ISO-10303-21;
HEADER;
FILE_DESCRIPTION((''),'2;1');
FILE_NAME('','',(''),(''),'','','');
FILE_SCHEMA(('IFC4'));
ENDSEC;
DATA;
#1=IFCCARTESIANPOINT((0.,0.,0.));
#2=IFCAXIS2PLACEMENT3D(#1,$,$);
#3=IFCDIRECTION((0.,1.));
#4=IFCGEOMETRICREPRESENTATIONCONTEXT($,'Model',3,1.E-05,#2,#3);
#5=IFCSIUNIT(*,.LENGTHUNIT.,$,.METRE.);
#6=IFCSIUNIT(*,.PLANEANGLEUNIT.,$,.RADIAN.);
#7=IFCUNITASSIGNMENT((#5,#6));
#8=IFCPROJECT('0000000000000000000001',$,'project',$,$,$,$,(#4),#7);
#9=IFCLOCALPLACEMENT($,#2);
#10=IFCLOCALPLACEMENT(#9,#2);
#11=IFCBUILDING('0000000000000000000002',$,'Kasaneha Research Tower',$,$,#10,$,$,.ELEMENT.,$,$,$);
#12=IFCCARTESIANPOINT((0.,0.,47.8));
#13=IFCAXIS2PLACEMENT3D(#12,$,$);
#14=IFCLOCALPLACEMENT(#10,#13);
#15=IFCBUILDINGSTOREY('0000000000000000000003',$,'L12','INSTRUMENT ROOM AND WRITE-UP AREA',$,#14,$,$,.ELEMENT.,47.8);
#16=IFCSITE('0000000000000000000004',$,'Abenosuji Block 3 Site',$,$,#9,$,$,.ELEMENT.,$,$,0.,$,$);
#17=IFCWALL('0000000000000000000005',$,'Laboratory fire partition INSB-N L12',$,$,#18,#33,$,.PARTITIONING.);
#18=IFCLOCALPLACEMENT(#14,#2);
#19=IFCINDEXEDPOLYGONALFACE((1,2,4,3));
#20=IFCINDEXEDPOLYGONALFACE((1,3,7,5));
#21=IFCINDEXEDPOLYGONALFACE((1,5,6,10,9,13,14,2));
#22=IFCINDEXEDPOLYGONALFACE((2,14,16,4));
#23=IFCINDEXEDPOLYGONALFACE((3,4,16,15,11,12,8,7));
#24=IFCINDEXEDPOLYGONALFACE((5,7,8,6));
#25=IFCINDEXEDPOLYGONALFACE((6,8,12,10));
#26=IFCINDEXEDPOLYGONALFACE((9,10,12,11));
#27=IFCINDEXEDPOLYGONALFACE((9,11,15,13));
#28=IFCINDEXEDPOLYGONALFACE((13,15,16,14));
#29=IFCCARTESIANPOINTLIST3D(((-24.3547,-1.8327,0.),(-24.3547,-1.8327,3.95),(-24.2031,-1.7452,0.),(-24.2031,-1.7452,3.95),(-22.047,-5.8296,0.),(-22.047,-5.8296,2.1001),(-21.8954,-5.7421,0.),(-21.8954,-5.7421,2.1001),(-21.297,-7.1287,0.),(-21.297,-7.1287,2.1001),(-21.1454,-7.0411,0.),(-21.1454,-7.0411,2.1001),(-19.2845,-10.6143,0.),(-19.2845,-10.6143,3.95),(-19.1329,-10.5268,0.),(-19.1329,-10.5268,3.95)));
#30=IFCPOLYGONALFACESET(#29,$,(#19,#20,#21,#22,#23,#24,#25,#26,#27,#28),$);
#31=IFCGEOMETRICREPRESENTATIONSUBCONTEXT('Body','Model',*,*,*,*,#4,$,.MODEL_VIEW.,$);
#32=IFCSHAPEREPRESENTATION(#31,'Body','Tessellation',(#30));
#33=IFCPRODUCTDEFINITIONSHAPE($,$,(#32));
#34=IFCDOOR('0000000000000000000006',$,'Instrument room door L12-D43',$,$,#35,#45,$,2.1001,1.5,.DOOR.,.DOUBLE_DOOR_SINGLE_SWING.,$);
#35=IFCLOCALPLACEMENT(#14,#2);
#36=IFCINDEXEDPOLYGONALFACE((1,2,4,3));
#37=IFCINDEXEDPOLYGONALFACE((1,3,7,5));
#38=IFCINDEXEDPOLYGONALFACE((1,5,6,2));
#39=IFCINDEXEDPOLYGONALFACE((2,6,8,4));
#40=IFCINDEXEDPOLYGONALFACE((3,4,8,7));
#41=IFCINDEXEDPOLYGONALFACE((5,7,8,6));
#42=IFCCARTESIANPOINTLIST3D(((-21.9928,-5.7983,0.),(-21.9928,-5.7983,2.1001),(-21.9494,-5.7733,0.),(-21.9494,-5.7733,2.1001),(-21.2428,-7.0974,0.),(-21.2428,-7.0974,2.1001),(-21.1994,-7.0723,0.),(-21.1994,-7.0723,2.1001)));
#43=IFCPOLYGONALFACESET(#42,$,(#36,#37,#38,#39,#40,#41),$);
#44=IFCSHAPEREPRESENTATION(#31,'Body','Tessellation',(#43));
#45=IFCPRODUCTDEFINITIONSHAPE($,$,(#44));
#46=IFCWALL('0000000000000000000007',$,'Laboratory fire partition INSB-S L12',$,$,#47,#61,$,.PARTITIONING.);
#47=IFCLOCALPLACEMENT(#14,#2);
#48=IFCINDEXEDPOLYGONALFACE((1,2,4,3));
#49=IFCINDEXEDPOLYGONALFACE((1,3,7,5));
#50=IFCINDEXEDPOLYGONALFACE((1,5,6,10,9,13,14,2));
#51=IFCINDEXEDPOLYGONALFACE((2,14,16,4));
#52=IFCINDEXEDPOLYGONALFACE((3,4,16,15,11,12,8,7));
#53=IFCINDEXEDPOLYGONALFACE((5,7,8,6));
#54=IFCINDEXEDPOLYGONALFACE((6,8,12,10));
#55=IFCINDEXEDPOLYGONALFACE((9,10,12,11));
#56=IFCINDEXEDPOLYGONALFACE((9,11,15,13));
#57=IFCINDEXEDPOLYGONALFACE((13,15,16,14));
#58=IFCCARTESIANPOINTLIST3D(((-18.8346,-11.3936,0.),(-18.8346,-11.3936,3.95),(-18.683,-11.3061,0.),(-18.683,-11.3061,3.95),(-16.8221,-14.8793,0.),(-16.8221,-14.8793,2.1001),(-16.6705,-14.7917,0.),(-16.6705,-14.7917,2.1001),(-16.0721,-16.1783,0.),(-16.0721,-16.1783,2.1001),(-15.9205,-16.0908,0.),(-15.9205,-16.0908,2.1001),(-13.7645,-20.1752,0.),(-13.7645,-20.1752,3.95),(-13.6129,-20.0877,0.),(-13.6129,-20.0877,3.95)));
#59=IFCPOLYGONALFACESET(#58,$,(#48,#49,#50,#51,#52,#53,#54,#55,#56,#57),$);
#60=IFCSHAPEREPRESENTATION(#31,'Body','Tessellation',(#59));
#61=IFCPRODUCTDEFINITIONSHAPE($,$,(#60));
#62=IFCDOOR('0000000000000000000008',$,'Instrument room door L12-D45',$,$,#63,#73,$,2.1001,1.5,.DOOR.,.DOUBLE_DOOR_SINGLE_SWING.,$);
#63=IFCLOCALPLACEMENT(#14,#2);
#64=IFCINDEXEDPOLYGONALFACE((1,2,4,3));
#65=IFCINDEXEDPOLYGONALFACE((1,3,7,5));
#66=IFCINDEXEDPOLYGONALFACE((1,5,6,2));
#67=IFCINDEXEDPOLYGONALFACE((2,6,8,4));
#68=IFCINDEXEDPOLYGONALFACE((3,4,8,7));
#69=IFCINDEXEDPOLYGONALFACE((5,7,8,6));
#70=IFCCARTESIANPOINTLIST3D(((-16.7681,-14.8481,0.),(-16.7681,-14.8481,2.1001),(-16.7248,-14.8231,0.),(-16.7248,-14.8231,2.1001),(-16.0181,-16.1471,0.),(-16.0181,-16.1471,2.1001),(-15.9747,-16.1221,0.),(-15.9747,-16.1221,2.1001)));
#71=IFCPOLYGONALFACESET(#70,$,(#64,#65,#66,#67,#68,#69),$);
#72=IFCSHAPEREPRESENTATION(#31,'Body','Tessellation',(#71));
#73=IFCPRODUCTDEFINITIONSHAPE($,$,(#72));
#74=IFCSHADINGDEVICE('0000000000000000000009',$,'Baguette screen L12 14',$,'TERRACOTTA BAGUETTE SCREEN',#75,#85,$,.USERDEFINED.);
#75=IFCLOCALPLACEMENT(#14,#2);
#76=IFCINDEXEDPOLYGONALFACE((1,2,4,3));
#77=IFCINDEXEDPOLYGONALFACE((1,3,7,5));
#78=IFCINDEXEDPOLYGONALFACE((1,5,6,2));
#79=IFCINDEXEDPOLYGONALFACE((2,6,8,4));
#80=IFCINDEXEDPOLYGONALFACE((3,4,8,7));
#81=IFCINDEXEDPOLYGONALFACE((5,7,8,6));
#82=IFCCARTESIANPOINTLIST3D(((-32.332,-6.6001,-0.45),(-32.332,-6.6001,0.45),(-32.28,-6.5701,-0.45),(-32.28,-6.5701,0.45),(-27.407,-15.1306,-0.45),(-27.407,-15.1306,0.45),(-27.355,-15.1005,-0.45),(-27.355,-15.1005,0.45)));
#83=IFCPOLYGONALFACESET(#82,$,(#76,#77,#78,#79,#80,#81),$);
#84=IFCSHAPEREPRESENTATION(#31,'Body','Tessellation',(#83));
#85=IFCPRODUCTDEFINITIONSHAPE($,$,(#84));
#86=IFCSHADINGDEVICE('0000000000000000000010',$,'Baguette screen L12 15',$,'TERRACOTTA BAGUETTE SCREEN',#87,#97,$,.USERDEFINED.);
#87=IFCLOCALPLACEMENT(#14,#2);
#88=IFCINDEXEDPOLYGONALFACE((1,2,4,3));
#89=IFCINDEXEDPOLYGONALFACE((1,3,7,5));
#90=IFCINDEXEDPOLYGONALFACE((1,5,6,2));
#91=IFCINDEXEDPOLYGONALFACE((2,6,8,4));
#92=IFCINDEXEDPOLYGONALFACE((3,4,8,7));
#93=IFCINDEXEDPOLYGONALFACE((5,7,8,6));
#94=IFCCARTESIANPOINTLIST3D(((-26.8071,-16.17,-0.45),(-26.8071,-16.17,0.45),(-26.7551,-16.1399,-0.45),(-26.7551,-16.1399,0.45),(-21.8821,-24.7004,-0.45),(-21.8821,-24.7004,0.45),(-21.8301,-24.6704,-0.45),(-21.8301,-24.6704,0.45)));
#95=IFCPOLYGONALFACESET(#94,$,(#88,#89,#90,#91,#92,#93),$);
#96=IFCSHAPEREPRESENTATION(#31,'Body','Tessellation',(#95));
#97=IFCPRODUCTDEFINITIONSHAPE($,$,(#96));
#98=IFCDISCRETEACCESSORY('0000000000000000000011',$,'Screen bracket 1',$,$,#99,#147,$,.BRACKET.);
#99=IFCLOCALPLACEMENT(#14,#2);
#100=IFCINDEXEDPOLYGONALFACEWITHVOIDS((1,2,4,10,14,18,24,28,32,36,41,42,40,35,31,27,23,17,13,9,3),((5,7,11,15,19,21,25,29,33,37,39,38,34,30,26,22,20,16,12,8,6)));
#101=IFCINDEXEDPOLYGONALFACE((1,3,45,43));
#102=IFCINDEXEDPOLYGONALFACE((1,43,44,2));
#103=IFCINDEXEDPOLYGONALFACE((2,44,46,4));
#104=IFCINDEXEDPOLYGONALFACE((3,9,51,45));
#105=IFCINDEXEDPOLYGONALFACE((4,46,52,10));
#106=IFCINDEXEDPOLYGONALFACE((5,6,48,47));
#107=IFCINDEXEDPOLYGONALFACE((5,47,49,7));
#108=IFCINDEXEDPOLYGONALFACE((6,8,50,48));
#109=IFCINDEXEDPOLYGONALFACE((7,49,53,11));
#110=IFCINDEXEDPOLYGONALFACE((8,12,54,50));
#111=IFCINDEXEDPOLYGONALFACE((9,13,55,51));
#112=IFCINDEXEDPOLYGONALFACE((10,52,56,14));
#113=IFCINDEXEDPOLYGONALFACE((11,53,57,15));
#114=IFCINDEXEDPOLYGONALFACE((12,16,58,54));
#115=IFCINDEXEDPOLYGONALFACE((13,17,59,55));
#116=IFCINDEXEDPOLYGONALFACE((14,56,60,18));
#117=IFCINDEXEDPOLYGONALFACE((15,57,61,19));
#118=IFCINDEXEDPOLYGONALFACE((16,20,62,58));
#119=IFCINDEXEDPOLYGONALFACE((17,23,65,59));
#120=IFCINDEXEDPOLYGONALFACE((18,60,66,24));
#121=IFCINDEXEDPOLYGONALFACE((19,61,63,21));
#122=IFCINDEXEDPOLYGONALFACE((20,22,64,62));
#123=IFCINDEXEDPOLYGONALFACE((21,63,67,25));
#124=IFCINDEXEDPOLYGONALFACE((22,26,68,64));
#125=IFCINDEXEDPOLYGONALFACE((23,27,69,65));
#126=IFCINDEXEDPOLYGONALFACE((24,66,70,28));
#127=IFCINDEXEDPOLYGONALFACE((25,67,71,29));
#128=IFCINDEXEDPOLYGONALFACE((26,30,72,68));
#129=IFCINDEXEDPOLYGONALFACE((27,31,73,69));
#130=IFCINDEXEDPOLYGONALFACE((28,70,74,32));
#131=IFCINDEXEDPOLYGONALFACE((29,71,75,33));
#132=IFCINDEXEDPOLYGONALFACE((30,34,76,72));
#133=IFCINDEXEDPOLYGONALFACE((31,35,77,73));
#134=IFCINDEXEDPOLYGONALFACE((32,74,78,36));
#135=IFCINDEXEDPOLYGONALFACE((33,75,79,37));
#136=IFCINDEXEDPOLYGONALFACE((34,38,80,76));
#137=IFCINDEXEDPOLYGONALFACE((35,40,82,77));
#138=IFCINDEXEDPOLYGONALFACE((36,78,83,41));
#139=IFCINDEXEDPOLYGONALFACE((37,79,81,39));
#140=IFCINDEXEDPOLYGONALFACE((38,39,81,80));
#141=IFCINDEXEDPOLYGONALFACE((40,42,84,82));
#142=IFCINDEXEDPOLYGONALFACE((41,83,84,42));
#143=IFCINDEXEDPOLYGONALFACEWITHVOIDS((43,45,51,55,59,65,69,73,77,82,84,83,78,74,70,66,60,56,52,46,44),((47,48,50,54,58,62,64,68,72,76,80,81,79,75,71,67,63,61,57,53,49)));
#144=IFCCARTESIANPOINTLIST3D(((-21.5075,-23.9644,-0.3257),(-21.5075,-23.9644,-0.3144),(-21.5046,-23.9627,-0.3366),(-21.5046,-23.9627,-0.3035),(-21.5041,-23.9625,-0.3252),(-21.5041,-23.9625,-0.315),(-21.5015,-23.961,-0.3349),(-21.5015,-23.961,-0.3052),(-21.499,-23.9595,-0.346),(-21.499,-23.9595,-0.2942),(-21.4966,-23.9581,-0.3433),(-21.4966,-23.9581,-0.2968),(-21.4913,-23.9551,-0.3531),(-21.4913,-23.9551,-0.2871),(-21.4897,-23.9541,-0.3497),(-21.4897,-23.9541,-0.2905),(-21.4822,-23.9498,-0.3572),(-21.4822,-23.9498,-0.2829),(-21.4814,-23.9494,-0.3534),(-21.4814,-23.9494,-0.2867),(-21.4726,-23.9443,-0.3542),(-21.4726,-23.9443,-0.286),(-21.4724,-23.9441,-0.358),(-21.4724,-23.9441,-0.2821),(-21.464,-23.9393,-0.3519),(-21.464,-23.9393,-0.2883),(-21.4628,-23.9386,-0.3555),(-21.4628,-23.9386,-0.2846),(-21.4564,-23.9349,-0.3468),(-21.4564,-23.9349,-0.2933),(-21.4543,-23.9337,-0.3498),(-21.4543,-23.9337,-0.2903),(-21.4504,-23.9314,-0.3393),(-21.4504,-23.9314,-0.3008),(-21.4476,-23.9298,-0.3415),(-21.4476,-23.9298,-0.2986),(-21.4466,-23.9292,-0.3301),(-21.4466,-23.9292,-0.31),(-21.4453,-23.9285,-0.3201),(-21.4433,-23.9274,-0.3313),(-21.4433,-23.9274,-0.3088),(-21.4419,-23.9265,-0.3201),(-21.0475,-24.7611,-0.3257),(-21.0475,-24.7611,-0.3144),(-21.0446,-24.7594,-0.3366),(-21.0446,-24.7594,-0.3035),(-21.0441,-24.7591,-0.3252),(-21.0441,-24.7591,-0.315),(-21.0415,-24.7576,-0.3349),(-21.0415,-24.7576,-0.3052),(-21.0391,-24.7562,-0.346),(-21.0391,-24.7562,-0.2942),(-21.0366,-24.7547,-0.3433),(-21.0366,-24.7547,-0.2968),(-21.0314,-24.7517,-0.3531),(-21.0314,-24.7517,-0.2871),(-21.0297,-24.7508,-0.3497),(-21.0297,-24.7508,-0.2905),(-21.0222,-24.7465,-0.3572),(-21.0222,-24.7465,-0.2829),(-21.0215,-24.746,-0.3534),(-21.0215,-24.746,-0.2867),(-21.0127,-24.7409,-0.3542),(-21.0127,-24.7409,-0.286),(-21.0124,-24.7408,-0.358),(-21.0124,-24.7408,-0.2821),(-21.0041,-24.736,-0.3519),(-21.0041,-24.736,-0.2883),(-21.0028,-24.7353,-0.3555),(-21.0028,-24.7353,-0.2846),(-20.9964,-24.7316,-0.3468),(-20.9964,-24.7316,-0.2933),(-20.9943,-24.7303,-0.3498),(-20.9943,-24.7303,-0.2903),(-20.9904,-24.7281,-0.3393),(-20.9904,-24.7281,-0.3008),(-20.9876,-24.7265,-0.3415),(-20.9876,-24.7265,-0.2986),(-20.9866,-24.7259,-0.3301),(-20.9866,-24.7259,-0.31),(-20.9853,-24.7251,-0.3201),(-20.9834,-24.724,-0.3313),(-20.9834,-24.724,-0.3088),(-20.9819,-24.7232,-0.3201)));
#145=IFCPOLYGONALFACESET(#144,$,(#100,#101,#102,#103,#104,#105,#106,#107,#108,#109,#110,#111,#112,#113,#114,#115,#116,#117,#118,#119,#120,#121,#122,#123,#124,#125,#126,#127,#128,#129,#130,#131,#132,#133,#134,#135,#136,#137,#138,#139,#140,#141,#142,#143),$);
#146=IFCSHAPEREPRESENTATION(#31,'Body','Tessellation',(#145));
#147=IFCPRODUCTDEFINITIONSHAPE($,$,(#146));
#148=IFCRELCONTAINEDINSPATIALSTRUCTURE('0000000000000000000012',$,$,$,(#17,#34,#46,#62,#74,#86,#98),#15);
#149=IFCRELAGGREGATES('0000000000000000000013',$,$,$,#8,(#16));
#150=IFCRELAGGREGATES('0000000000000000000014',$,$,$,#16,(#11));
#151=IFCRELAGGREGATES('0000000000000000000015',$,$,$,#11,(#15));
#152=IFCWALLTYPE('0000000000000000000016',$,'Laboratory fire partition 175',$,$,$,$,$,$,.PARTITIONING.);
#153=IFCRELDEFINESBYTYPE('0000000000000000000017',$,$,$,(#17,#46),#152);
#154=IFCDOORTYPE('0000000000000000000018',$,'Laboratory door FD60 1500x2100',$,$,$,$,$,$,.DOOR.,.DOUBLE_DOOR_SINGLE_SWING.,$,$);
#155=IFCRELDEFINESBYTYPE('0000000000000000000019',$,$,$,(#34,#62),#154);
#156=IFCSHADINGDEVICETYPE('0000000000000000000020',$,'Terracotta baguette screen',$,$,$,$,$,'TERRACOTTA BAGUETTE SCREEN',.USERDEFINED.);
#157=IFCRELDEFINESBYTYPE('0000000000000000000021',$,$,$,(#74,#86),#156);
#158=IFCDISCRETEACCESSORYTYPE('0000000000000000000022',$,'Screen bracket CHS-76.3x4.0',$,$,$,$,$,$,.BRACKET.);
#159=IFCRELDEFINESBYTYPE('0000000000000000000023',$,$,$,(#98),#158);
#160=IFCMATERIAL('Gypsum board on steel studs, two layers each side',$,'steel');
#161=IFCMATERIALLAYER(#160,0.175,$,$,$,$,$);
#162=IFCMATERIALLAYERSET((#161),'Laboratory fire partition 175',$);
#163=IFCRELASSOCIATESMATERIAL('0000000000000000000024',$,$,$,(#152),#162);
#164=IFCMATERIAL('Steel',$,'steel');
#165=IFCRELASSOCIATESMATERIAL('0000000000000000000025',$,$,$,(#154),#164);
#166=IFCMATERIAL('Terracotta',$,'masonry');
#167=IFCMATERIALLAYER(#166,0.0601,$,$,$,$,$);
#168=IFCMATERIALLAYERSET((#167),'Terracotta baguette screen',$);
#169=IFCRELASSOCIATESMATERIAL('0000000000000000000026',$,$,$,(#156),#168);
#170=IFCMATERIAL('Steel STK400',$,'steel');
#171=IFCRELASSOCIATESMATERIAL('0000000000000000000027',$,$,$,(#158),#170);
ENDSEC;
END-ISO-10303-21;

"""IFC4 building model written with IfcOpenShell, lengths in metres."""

from ifc_helpers import new_model, si_unit, direction, frame, frame_2d, origin, origin_2d, place, context, subcontext, project, spatial, rectangle, hollow_circle, extrude, material, layer, layer_set, material_profile, profile_set, type_object, element, fill, save


model = new_model("IFC4")

# Units and contexts
model_context = context("Model", 3, precision=1e-05, world=origin(), true_north=direction((0.0, 1.0)))
body_context = subcontext(model_context, "Body", "Model", "MODEL_VIEW")
ifc_project = project(units=[si_unit("LENGTHUNIT", "METRE"), si_unit("PLANEANGLEUNIT", "RADIAN")], contexts=[model_context])

# Site, building, storey
site_placement = place(None, origin())
site = spatial("IfcSite", under=ifc_project, at=site_placement, Name="Abenosuji Block 3 Site", CompositionType="ELEMENT", RefElevation=0.0)
building_placement = place(site_placement, origin())
building = spatial("IfcBuilding", under=site, at=building_placement, Name="Kasaneha Research Tower", CompositionType="ELEMENT")
storey_placement = place(building_placement, frame((0.0, 0.0, 47.8)))
storey = spatial("IfcBuildingStorey", under=building, at=storey_placement, Name="L12", Description="INSTRUMENT ROOM AND WRITE-UP AREA", CompositionType="ELEMENT", Elevation=47.8)

# Walls, openings, doors
ifc_material_1 = material(Name="Gypsum board on steel studs, two layers each side", Category="steel")
ifc_layer_1 = layer(ifc_material_1, 0.175)
ifc_layer_set_1 = layer_set([ifc_layer_1], Name="Laboratory fire partition 175")
wall_type = type_object("IfcWallType", Name="Laboratory fire partition 175", PredefinedType="PARTITIONING", material=ifc_layer_set_1)
wall_1_placement = place(storey_placement, frame((-19.2087, -10.5706, 0.0), z_axis=(0.0, 0.0, 1.0), x_axis=(-0.500005, 0.866022, 0.0)))
wall_1 = element("IfcWall", 1, at=wall_1_placement, inside=storey, type_object=wall_type, Name="Laboratory fire partition INSB-N L12", PredefinedType="PARTITIONING", context=body_context, shape_type="SweptSolid", body=[
    extrude(rectangle(XDim=10.1401, YDim=0.175, at=frame_2d((5.0701, 0.0))), origin(), (0.0, 0.0, 1.0), 3.95),
])
opening_1_placement = place(wall_1_placement, frame((4.0249, 0.0, 0.0)))
opening_1 = element("IfcOpeningElement", 2, at=opening_1_placement, cuts=wall_1, PredefinedType="OPENING", context=body_context, shape_type="SweptSolid", body=[
    extrude(rectangle(XDim=1.5, YDim=2.1001, at=frame_2d((0.75, 1.05))), frame((0.0, 0.0977, 0.0), z_axis=(0.0, -1.0, 0.0), x_axis=(1.0, 0.0, 0.0)), (0.0, 0.0, 1.0), 0.1951),
])
ifc_material_2 = material(Name="Steel", Category="steel")
door_type = type_object("IfcDoorType", Name="Laboratory door FD60 1500x2100", OperationType="DOUBLE_DOOR_SINGLE_SWING", PredefinedType="DOOR", material=ifc_material_2)
door_1_placement = place(opening_1_placement, origin())
door_1 = element("IfcDoor", 3, at=door_1_placement, inside=storey, type_object=door_type, Name="Instrument room door L12-D43", OperationType="DOUBLE_DOOR_SINGLE_SWING", OverallHeight=2.1001, OverallWidth=1.5, PredefinedType="DOOR", context=body_context, shape_type="SweptSolid", body=[
    extrude(rectangle(XDim=1.5, YDim=2.1001, at=frame_2d((0.75, 1.05))), frame((0.0, 0.0249, 0.0), z_axis=(0.0, -1.0, 0.0), x_axis=(1.0, 0.0, 0.0)), (0.0, 0.0, 1.0), 0.05),
])
fill(opening_1, door_1)
wall_2_placement = place(storey_placement, frame((-18.7588, -11.3499, 0.0), z_axis=(0.0, 0.0, 1.0), x_axis=(0.500005, -0.866022, 0.0)))
wall_2 = element("IfcWall", 4, at=wall_2_placement, inside=storey, type_object=wall_type, Name="Laboratory fire partition INSB-S L12", PredefinedType="PARTITIONING", context=body_context, shape_type="SweptSolid", body=[
    extrude(rectangle(XDim=10.1401, YDim=0.175, at=frame_2d((5.0701, 0.0))), origin(), (0.0, 0.0, 1.0), 3.95),
])
opening_2_placement = place(wall_2_placement, frame((4.0249, 0.0, 0.0)))
opening_2 = element("IfcOpeningElement", 5, at=opening_2_placement, cuts=wall_2, PredefinedType="OPENING", context=body_context, shape_type="SweptSolid", body=[
    extrude(rectangle(XDim=1.5, YDim=2.1001, at=frame_2d((0.75, 1.05))), frame((0.0, 0.0977, 0.0), z_axis=(0.0, -1.0, 0.0), x_axis=(1.0, 0.0, 0.0)), (0.0, 0.0, 1.0), 0.1951),
])
door_2_placement = place(opening_2_placement, origin())
door_2 = element("IfcDoor", 6, at=door_2_placement, inside=storey, type_object=door_type, Name="Instrument room door L12-D45", OperationType="DOUBLE_DOOR_SINGLE_SWING", OverallHeight=2.1001, OverallWidth=1.5, PredefinedType="DOOR", context=body_context, shape_type="SweptSolid", body=[
    extrude(rectangle(XDim=1.5, YDim=2.1001, at=frame_2d((0.75, 1.05))), frame((0.0, 0.0249, 0.0), z_axis=(0.0, -1.0, 0.0), x_axis=(1.0, 0.0, 0.0)), (0.0, 0.0, 1.0), 0.05),
])
fill(opening_2, door_2)

# Shading devices
ifc_material_3 = material(Name="Terracotta", Category="masonry")
ifc_layer_2 = layer(ifc_material_3, 0.0601)
ifc_layer_set_2 = layer_set([ifc_layer_2], Name="Terracotta baguette screen")
shading_device_type = type_object("IfcShadingDeviceType", Name="Terracotta baguette screen", ElementType="TERRACOTTA BAGUETTE SCREEN", PredefinedType="USERDEFINED", material=ifc_layer_set_2)
for number, where, z_axis, x_axis, name in (
    (7, (-29.8435, -10.8503, -0.45), (0.0, 0.0, 1.0), (0.5, -0.866025, 0.0), "Baguette screen L12 14"),
    (8, (-24.3186, -20.4202, -0.45), (0.0, 0.0, 1.0), (0.5, -0.866025, 0.0), "Baguette screen L12 15"),
):
    element("IfcShadingDevice", number, at=place(storey_placement, frame(where, z_axis=z_axis, x_axis=x_axis)), inside=storey, type_object=shading_device_type, Name=name, ObjectType="TERRACOTTA BAGUETTE SCREEN", PredefinedType="USERDEFINED", context=body_context, shape_type="SweptSolid", body=[
        extrude(rectangle(XDim=9.8501, YDim=0.0601, at=origin_2d()), origin(), (0.0, 0.0, 1.0), 0.8999),
    ])

# Discrete accessory
ifc_material_4 = material(Name="Steel STK400", Category="steel")
ifc_material_profile_1 = material_profile(ifc_material_4, hollow_circle(Radius=0.0381, WallThickness=0.0039, at=origin_2d()), Name="CHS-76.3x4.0")
ifc_profile_set_1 = profile_set([ifc_material_profile_1], Name="Steel STK400")
discrete_accessory_type = type_object("IfcDiscreteAccessoryType", Name="Screen bracket CHS-76.3x4.0", PredefinedType="BRACKET", material=ifc_profile_set_1)
discrete_accessory_1_placement = place(storey_placement, frame((-21.4749, -23.9456, -0.3201), z_axis=(0.500021, -0.866013, 0.0), x_axis=(0.866013, 0.500021, 0.0)))
element("IfcDiscreteAccessory", 9, at=discrete_accessory_1_placement, inside=storey, type_object=discrete_accessory_type, Name="Screen bracket 1", PredefinedType="BRACKET", context=body_context, shape_type="SweptSolid", body=[
    extrude(hollow_circle(Radius=0.0381, WallThickness=0.0039, at=origin_2d()), origin(), (0.0, 0.0, 1.0), 0.9199),
])

save(model, "model.ifc")
